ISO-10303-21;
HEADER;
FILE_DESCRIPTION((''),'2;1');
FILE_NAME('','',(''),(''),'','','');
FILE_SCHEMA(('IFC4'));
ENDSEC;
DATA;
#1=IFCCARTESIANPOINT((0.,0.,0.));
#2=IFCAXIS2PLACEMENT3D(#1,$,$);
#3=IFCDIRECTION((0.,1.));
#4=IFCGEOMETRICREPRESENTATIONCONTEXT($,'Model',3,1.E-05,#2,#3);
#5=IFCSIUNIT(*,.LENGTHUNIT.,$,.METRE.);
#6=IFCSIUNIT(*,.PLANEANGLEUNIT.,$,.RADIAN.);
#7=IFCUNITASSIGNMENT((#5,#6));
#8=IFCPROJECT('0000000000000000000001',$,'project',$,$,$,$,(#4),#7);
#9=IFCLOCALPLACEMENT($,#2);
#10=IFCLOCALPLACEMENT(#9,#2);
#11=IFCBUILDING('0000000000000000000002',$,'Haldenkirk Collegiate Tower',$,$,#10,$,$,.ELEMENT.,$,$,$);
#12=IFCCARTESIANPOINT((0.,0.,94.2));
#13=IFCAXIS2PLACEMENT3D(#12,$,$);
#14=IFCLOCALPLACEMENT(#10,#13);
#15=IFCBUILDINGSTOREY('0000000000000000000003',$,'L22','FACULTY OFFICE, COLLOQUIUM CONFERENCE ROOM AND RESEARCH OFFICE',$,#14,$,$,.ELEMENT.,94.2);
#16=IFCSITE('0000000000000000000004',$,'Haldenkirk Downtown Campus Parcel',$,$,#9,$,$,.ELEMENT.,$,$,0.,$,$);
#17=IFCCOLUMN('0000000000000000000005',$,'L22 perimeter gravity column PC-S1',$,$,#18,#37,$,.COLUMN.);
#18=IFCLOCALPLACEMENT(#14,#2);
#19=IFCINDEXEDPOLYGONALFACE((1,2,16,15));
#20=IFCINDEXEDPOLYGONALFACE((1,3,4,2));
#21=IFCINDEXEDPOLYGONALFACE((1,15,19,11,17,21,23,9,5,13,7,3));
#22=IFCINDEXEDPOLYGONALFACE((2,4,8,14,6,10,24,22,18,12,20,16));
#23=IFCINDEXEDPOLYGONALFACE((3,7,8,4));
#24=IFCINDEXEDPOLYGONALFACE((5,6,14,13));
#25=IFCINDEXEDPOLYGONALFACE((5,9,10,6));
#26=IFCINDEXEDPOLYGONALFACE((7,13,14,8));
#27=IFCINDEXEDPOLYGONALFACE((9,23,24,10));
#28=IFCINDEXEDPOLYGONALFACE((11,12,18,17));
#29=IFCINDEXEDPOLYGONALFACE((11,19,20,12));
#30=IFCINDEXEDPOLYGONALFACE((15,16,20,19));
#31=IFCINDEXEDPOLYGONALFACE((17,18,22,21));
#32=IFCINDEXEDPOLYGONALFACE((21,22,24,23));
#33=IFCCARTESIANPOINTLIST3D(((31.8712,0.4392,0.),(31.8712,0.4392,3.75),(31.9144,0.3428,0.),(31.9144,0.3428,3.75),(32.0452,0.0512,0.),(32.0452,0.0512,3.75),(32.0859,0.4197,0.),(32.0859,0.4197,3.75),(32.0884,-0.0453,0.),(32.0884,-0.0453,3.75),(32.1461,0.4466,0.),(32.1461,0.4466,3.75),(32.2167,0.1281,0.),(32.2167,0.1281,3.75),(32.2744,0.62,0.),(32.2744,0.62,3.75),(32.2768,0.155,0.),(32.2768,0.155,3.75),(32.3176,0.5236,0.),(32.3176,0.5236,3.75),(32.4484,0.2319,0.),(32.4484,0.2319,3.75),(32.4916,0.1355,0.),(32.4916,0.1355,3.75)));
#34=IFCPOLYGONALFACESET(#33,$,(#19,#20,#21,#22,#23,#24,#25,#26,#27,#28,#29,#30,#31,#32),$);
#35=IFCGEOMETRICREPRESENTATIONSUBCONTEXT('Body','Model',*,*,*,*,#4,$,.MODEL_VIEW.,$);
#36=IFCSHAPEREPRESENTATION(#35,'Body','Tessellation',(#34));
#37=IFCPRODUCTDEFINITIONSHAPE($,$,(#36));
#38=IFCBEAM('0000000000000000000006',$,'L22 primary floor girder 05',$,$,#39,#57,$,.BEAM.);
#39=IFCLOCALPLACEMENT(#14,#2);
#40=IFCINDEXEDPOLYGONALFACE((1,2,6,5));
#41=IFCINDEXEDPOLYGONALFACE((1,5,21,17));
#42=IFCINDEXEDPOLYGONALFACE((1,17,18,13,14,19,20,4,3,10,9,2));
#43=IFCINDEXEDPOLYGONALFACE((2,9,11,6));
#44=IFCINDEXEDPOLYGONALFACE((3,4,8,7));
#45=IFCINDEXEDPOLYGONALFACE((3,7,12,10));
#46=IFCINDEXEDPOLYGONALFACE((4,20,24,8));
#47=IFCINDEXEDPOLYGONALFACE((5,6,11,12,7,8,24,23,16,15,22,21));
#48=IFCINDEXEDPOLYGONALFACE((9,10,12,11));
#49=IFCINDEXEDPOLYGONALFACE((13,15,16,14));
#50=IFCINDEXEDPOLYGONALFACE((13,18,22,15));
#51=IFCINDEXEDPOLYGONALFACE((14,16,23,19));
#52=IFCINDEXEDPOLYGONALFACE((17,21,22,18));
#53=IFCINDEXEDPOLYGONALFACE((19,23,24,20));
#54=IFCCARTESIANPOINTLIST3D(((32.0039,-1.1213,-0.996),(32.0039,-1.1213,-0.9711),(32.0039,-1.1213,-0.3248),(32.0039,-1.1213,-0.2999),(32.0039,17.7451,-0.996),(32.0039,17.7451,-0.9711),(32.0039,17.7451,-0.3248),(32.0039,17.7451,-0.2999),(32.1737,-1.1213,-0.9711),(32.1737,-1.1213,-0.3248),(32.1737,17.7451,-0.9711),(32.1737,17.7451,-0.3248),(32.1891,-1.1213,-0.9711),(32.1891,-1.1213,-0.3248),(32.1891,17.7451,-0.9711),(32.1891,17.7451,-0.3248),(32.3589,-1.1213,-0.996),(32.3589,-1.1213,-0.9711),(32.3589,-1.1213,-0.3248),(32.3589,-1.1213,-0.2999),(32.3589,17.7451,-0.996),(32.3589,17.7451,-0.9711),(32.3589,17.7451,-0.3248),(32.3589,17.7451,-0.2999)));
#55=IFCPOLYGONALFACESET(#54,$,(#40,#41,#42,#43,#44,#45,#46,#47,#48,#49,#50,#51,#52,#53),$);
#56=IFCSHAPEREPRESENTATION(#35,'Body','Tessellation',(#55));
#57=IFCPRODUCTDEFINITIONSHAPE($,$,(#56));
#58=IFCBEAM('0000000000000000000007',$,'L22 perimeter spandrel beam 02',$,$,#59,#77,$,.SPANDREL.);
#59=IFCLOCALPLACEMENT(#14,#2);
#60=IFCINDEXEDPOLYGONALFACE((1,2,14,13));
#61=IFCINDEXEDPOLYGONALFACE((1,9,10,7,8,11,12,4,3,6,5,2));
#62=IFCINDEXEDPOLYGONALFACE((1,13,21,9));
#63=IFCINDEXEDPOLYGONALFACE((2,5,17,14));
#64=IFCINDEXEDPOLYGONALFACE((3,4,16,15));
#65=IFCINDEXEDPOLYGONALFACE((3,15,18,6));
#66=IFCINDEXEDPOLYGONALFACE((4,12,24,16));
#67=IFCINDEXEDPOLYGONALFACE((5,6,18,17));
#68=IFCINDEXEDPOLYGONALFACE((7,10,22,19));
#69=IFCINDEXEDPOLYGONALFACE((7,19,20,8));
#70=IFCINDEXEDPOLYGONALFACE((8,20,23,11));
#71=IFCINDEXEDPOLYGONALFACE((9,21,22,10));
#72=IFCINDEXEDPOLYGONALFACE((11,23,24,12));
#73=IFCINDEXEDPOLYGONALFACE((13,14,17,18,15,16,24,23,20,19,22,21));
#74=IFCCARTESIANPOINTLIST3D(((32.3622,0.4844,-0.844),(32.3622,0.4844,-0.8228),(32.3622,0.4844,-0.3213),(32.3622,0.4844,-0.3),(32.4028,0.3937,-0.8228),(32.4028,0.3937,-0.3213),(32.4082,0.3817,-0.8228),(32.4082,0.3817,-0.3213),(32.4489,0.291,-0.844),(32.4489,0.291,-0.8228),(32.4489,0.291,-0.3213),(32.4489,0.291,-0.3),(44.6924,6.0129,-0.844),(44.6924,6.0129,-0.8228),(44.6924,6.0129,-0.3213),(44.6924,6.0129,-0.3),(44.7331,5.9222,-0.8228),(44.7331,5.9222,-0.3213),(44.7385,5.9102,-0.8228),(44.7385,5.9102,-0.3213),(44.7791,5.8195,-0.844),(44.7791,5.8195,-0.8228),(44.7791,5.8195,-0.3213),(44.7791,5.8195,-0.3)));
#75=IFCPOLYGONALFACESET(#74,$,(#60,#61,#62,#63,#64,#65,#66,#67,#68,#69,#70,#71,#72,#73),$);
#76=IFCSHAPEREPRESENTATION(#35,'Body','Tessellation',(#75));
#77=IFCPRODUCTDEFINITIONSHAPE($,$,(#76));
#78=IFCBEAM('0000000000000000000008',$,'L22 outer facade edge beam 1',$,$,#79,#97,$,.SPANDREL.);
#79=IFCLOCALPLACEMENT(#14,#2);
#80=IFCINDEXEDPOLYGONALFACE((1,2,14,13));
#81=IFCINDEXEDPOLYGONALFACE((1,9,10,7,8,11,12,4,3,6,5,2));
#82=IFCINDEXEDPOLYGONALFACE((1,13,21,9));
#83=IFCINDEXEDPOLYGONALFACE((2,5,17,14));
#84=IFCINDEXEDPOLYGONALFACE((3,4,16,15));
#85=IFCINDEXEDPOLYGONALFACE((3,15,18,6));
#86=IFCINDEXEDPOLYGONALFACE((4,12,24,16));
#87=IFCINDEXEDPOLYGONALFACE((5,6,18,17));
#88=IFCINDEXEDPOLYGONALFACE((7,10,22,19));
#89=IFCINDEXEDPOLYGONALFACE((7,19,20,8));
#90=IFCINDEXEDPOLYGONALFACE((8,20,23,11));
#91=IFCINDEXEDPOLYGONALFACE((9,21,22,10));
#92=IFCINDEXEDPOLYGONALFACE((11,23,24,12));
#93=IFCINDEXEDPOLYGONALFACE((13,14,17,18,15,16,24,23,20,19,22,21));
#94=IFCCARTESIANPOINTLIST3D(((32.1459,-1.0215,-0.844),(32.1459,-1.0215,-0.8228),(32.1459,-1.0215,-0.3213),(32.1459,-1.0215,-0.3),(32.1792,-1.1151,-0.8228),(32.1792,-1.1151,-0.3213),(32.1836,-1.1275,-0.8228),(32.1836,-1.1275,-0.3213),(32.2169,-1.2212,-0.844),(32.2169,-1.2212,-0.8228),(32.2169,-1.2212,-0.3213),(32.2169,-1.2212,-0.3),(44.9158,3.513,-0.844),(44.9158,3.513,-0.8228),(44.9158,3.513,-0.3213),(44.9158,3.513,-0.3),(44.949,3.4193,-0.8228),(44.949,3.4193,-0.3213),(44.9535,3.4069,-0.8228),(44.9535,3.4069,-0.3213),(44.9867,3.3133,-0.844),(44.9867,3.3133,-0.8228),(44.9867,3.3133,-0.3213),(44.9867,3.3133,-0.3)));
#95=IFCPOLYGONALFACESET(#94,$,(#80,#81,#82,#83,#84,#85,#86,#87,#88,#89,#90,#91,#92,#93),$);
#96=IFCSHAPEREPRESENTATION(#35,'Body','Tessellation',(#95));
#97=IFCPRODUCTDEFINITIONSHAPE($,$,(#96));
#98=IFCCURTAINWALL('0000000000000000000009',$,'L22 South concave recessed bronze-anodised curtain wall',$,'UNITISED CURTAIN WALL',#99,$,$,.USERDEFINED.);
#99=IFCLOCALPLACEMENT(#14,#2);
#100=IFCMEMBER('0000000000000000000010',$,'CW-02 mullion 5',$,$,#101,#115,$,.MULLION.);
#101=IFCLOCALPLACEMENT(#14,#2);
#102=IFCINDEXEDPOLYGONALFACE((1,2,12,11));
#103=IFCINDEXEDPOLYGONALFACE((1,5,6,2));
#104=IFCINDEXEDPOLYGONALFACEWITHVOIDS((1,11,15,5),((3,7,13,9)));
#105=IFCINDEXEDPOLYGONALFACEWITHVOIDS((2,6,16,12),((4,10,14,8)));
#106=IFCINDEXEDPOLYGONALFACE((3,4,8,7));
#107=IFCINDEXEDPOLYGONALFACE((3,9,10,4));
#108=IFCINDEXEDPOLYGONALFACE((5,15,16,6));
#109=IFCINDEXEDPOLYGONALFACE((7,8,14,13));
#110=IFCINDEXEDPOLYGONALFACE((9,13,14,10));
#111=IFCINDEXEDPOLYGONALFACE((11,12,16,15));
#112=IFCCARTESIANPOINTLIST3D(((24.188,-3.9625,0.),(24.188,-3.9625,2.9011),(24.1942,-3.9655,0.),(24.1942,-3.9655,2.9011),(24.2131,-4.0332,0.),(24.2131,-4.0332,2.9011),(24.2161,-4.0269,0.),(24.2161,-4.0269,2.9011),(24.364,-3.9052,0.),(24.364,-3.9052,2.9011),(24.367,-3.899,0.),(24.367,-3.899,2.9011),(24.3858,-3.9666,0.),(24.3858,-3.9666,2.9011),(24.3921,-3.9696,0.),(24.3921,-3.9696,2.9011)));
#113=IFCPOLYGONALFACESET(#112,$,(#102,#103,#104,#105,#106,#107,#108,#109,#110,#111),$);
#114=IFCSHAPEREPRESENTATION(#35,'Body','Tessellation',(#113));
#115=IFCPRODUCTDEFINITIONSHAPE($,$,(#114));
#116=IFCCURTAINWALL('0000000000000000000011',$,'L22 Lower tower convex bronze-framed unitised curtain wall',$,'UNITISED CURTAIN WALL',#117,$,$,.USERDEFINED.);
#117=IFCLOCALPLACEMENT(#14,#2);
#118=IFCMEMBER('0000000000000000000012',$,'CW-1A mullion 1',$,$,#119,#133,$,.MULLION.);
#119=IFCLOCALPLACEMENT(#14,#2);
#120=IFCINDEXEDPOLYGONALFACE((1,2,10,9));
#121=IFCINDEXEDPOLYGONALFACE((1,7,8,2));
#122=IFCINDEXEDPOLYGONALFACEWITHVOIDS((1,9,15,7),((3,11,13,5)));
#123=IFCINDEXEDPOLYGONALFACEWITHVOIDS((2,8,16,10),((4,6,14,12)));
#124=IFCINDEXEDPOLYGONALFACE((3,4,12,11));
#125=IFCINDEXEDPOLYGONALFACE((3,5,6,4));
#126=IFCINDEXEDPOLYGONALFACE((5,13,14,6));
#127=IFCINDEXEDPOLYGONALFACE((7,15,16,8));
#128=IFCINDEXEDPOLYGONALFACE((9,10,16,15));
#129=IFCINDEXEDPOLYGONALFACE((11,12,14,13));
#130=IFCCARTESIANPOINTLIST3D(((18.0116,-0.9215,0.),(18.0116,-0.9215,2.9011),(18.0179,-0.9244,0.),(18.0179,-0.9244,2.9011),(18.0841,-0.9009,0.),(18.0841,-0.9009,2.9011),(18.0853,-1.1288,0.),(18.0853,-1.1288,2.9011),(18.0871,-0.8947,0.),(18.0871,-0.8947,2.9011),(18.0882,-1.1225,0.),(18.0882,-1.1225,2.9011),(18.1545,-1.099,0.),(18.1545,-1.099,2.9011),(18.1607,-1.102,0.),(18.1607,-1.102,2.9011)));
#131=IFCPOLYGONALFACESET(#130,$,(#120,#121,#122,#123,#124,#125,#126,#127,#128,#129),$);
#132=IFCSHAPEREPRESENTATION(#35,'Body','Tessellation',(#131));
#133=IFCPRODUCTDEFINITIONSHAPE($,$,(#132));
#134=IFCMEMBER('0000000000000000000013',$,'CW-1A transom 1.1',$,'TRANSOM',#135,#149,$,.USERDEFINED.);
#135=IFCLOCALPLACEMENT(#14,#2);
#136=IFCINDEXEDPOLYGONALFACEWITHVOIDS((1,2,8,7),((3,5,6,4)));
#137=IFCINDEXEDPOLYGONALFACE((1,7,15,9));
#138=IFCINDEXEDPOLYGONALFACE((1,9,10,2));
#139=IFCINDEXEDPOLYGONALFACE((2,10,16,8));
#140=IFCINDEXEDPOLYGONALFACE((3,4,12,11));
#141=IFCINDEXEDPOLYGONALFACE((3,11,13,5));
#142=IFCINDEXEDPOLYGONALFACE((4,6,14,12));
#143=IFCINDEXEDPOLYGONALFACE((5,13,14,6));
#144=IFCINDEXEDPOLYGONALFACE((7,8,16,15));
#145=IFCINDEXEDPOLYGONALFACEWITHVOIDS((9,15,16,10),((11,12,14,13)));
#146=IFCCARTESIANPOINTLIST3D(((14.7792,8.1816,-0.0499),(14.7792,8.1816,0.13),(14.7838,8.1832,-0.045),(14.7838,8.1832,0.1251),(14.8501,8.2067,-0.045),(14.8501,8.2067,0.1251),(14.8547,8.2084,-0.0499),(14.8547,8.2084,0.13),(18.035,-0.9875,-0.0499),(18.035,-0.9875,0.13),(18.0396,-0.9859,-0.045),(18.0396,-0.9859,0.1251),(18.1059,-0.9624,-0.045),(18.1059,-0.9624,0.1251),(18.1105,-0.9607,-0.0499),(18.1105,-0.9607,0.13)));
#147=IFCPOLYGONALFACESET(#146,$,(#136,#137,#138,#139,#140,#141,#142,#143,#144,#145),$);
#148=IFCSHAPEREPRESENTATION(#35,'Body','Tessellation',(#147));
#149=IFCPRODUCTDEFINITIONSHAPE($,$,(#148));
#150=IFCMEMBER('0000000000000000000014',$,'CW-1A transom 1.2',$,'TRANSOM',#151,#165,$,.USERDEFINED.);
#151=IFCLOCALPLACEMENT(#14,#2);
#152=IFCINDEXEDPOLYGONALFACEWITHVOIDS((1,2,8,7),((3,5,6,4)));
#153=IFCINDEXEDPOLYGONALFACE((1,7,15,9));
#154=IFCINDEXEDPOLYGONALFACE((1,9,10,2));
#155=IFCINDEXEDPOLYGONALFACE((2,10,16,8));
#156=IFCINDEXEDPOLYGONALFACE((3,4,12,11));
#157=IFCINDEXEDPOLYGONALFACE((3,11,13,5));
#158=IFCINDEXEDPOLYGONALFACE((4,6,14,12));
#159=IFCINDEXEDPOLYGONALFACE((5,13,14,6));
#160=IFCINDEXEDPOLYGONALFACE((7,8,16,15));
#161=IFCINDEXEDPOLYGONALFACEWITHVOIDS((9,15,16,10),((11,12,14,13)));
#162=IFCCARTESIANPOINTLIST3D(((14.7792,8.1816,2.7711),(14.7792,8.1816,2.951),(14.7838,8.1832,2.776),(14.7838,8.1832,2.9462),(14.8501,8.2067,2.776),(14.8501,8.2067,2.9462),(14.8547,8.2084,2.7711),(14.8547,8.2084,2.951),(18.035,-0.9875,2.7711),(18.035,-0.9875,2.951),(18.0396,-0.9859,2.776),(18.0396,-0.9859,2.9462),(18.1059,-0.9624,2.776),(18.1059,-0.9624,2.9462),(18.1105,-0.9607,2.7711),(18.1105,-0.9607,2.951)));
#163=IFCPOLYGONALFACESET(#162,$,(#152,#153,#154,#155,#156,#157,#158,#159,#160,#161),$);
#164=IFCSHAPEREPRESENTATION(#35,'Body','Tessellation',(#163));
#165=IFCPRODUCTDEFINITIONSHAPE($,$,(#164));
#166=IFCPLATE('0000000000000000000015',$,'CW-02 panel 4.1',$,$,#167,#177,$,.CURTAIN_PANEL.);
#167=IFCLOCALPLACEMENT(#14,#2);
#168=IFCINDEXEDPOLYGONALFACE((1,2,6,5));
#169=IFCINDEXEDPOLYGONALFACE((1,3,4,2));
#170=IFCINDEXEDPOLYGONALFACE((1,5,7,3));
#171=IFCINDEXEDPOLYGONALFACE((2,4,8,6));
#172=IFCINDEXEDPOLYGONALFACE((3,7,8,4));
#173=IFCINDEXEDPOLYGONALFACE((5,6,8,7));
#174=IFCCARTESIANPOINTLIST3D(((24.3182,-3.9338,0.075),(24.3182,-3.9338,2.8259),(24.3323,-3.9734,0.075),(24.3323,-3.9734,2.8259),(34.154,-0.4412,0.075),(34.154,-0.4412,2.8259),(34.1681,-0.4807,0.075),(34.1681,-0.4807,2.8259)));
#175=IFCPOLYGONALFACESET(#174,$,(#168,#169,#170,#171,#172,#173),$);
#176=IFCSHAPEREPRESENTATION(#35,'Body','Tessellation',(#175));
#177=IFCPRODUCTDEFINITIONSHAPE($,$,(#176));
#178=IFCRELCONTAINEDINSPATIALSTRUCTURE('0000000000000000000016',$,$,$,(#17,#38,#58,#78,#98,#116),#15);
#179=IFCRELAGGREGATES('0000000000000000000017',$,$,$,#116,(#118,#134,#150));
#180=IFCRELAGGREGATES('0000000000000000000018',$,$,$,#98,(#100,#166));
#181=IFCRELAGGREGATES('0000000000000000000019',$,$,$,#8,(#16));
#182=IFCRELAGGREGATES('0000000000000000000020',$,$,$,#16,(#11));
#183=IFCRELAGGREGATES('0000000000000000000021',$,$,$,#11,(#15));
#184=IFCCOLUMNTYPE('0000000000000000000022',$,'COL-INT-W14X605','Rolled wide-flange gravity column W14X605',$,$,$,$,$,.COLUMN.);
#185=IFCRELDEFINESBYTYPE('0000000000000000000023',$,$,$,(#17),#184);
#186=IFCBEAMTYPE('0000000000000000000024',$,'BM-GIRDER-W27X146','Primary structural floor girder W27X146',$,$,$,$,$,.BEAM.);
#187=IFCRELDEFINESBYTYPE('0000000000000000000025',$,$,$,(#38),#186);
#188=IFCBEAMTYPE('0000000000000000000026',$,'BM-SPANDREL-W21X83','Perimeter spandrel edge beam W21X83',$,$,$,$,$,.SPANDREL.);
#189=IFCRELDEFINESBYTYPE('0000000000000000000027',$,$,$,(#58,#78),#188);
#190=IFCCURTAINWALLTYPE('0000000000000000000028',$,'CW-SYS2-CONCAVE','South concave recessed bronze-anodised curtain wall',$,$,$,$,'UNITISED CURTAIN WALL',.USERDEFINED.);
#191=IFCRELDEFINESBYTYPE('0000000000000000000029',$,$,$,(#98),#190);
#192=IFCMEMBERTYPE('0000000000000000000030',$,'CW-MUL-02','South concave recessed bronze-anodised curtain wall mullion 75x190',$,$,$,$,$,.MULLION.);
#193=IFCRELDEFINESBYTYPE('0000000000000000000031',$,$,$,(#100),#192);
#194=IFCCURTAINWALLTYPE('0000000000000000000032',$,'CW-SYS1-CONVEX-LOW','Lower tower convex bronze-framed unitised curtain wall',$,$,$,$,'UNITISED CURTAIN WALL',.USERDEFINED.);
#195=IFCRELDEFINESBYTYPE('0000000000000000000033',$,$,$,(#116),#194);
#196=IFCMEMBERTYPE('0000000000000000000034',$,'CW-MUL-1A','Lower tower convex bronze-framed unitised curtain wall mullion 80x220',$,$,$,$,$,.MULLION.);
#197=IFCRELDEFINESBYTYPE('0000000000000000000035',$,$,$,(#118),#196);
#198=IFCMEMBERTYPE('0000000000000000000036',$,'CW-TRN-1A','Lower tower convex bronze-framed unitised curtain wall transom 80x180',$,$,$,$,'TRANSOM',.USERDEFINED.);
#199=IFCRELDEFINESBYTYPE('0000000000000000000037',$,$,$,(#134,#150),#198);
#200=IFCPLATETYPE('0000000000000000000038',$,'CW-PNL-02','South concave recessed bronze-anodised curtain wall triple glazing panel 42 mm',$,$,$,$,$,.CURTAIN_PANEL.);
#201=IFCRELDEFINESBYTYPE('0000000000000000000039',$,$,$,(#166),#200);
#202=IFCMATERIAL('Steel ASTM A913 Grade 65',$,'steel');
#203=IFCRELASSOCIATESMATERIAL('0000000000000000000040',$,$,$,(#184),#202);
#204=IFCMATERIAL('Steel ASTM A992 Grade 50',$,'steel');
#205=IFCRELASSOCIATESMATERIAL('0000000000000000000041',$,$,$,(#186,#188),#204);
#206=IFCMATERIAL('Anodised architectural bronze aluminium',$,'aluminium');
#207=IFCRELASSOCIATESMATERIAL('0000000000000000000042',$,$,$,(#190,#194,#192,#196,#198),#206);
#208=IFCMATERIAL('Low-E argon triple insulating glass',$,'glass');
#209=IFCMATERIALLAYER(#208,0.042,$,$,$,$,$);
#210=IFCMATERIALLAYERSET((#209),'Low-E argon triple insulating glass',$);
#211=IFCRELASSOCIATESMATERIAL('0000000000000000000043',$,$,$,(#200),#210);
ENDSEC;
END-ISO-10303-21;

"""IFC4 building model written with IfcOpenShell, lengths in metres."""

from ifc_helpers import new_model, si_unit, direction, frame, origin, origin_2d, place, context, subcontext, project, spatial, rectangle, hollow_rectangle, i_section, extrude, source, transform, mapped, material, layer, layer_set, material_profile, profile_set, type_object, element, aggregate, save


model = new_model("IFC4")

# Units and contexts
model_context = context("Model", 3, precision=1e-05, world=origin(), true_north=direction((0.0, 1.0)))
body_context = subcontext(model_context, "Body", "Model", "MODEL_VIEW")
ifc_project = project(units=[si_unit("LENGTHUNIT", "METRE"), si_unit("PLANEANGLEUNIT", "RADIAN")], contexts=[model_context])

# Site, building, storey
site_placement = place(None, origin())
site = spatial("IfcSite", under=ifc_project, at=site_placement, Name="Haldenkirk Downtown Campus Parcel", CompositionType="ELEMENT", RefElevation=0.0)
building_placement = place(site_placement, origin())
building = spatial("IfcBuilding", under=site, at=building_placement, Name="Haldenkirk Collegiate Tower", CompositionType="ELEMENT")
storey_placement = place(building_placement, frame((0.0, 0.0, 94.2)))
storey = spatial("IfcBuildingStorey", under=building, at=storey_placement, Name="L22", Description="FACULTY OFFICE, COLLOQUIUM CONFERENCE ROOM AND RESEARCH OFFICE", CompositionType="ELEMENT", Elevation=94.2)

# Column
ifc_material_1 = material(Name="Steel ASTM A913 Grade 65", Category="steel")
ifc_material_profile_1 = material_profile(ifc_material_1, i_section(OverallWidth=0.4419, OverallDepth=0.531, WebThickness=0.0659, FlangeThickness=0.1057, at=origin_2d()), Name="W14X605")
ifc_profile_set_1 = profile_set([ifc_material_profile_1], Name="Steel ASTM A913 Grade 65")
column_type = type_object("IfcColumnType", Name="COL-INT-W14X605", Description="Rolled wide-flange gravity column W14X605", PredefinedType="COLUMN", material=ifc_profile_set_1)
column_placement = place(storey_placement, frame((32.1814, 0.2874, 0.0), z_axis=(0.0, 0.0, 1.0), x_axis=(0.912477, 0.409127, 0.0)))
element("IfcColumn", 1, at=column_placement, inside=storey, type_object=column_type, Name="L22 perimeter gravity column PC-S1", PredefinedType="COLUMN", context=body_context, shape_type="SweptSolid", body=[
    extrude(i_section(OverallWidth=0.4419, OverallDepth=0.531, WebThickness=0.0659, FlangeThickness=0.1057, at=origin_2d()), origin(), (0.0, 0.0, 1.0), 3.75),
])

# Beams
ifc_material_2 = material(Name="Steel ASTM A992 Grade 50", Category="steel")
ifc_material_profile_2 = material_profile(ifc_material_2, i_section(OverallWidth=0.355, OverallDepth=0.696, WebThickness=0.0154, FlangeThickness=0.0249, at=origin_2d()), Name="W27X146")
ifc_profile_set_2 = profile_set([ifc_material_profile_2], Name="Steel ASTM A992 Grade 50")
beam_type_1 = type_object("IfcBeamType", Name="BM-GIRDER-W27X146", Description="Primary structural floor girder W27X146", PredefinedType="BEAM", material=ifc_profile_set_2)
beam_1_placement = place(storey_placement, frame((32.1814, -1.1213, -0.6479), z_axis=(0.0, 1.0, 0.0), x_axis=(-1.0, 0.0, 0.0)))
element("IfcBeam", 2, at=beam_1_placement, inside=storey, type_object=beam_type_1, Name="L22 primary floor girder 05", PredefinedType="BEAM", context=body_context, shape_type="SweptSolid", body=[
    extrude(i_section(OverallWidth=0.355, OverallDepth=0.696, WebThickness=0.0154, FlangeThickness=0.0249, at=origin_2d()), origin(), (0.0, 0.0, 1.0), 18.8665),
])
ifc_material_profile_3 = material_profile(ifc_material_2, i_section(OverallWidth=0.2119, OverallDepth=0.5439, WebThickness=0.0132, FlangeThickness=0.0212, at=origin_2d()), Name="W21X83")
ifc_profile_set_3 = profile_set([ifc_material_profile_3], Name="Steel ASTM A992 Grade 50")
beam_type_2 = type_object("IfcBeamType", Name="BM-SPANDREL-W21X83", Description="Perimeter spandrel edge beam W21X83", PredefinedType="SPANDREL", material=ifc_profile_set_3)
beam_2_placement = place(storey_placement, frame((32.4055, 0.3877, -0.572), z_axis=(0.912477, 0.409129, 0.0), x_axis=(-0.409129, 0.912477, 0.0)))
element("IfcBeam", 3, at=beam_2_placement, inside=storey, type_object=beam_type_2, Name="L22 perimeter spandrel beam 02", PredefinedType="SPANDREL", context=body_context, shape_type="SweptSolid", body=[
    extrude(i_section(OverallWidth=0.2119, OverallDepth=0.5439, WebThickness=0.0132, FlangeThickness=0.0212, at=origin_2d()), origin(), (0.0, 0.0, 1.0), 13.5129),
])
beam_3_placement = place(storey_placement, frame((32.1814, -1.1213, -0.572), z_axis=(0.942353, 0.33462, 0.0), x_axis=(-0.33462, 0.942353, 0.0)))
element("IfcBeam", 4, at=beam_3_placement, inside=storey, type_object=beam_type_2, Name="L22 outer facade edge beam 1", PredefinedType="SPANDREL", context=body_context, shape_type="SweptSolid", body=[
    extrude(i_section(OverallWidth=0.2119, OverallDepth=0.5439, WebThickness=0.0132, FlangeThickness=0.0212, at=origin_2d()), origin(), (0.0, 0.0, 1.0), 13.551),
])

# Curtain wall, member
ifc_material_3 = material(Name="Anodised architectural bronze aluminium", Category="aluminium")
curtain_wall_type_1 = type_object("IfcCurtainWallType", Name="CW-SYS2-CONCAVE", Description="South concave recessed bronze-anodised curtain wall", ElementType="UNITISED CURTAIN WALL", PredefinedType="USERDEFINED", material=ifc_material_3)
curtain_wall_1_placement = place(storey_placement, origin())
curtain_wall_1 = element("IfcCurtainWall", 5, at=curtain_wall_1_placement, inside=storey, type_object=curtain_wall_type_1, Name="L22 South concave recessed bronze-anodised curtain wall", ObjectType="UNITISED CURTAIN WALL", PredefinedType="USERDEFINED")
ifc_material_profile_4 = material_profile(ifc_material_3, hollow_rectangle(XDim=0.075, YDim=0.1899, WallThickness=0.0049, at=origin_2d()), Name="CW-MUL-02")
ifc_profile_set_4 = profile_set([ifc_material_profile_4], Name="Anodised architectural bronze aluminium")
member_type_1 = type_object("IfcMemberType", Name="CW-MUL-02", Description="South concave recessed bronze-anodised curtain wall mullion 75x190", PredefinedType="MULLION", material=ifc_profile_set_4)
member_1_placement = place(storey_placement, frame((24.29, -3.9661, 0.0), z_axis=(0.0, 0.0, 1.0), x_axis=(0.334628, -0.94235, 0.0)))
member_1 = element("IfcMember", 6, at=member_1_placement, type_object=member_type_1, Name="CW-02 mullion 5", PredefinedType="MULLION", context=body_context, shape_type="SweptSolid", body=[
    extrude(hollow_rectangle(XDim=0.075, YDim=0.1899, WallThickness=0.0049, at=origin_2d()), origin(), (0.0, 0.0, 1.0), 2.9011),
])

# Curtain wall, members
curtain_wall_type_2 = type_object("IfcCurtainWallType", Name="CW-SYS1-CONVEX-LOW", Description="Lower tower convex bronze-framed unitised curtain wall", ElementType="UNITISED CURTAIN WALL", PredefinedType="USERDEFINED", material=ifc_material_3)
curtain_wall_2_placement = place(storey_placement, origin())
curtain_wall_2 = element("IfcCurtainWall", 7, at=curtain_wall_2_placement, inside=storey, type_object=curtain_wall_type_2, Name="L22 Lower tower convex bronze-framed unitised curtain wall", ObjectType="UNITISED CURTAIN WALL", PredefinedType="USERDEFINED")
ifc_material_profile_5 = material_profile(ifc_material_3, hollow_rectangle(XDim=0.0801, YDim=0.22, WallThickness=0.0049, at=origin_2d()), Name="CW-MUL-1A")
ifc_profile_set_5 = profile_set([ifc_material_profile_5], Name="Anodised architectural bronze aluminium")
member_type_2 = type_object("IfcMemberType", Name="CW-MUL-1A", Description="Lower tower convex bronze-framed unitised curtain wall mullion 80x220", PredefinedType="MULLION", material=ifc_profile_set_5)
member_2_placement = place(storey_placement, frame((18.0862, -1.0117, 0.0), z_axis=(0.0, 0.0, 1.0), x_axis=(-0.942351, -0.334626, 0.0)))
member_2 = element("IfcMember", 8, at=member_2_placement, type_object=member_type_2, Name="CW-1A mullion 1", PredefinedType="MULLION", context=body_context, shape_type="SweptSolid", body=[
    extrude(hollow_rectangle(XDim=0.0801, YDim=0.22, WallThickness=0.0049, at=origin_2d()), origin(), (0.0, 0.0, 1.0), 2.9011),
])
ifc_material_profile_6 = material_profile(ifc_material_3, hollow_rectangle(XDim=0.0801, YDim=0.1799, WallThickness=0.0049, at=origin_2d()), Name="CW-TRN-1A")
ifc_profile_set_6 = profile_set([ifc_material_profile_6], Name="Anodised architectural bronze aluminium")
member_type_3 = type_object("IfcMemberType", Name="CW-TRN-1A", Description="Lower tower convex bronze-framed unitised curtain wall transom 80x180", ElementType="TRANSOM", PredefinedType="USERDEFINED", material=ifc_profile_set_6)
member_3_placement = place(storey_placement, frame((18.0728, -0.9741, 0.04), z_axis=(-0.334618, 0.942354, 0.0), x_axis=(-0.942354, -0.334618, 0.0)))
member_3 = element("IfcMember", 9, at=member_3_placement, type_object=member_type_3, Name="CW-1A transom 1.1", ObjectType="TRANSOM", PredefinedType="USERDEFINED", context=body_context, shape_type="SweptSolid", body=[
    extrude(hollow_rectangle(XDim=0.0801, YDim=0.1799, WallThickness=0.0049, at=origin_2d()), origin(), (0.0, 0.0, 1.0), 9.73),
])
member_4_placement = place(storey_placement, frame((18.0728, -0.9741, 2.8611), z_axis=(-0.334618, 0.942354, 0.0), x_axis=(-0.942354, -0.334618, 0.0)))
member_4 = element("IfcMember", 10, at=member_4_placement, type_object=member_type_3, Name="CW-1A transom 1.2", ObjectType="TRANSOM", PredefinedType="USERDEFINED", context=body_context, shape_type="SweptSolid", body=[
    extrude(hollow_rectangle(XDim=0.0801, YDim=0.1799, WallThickness=0.0049, at=origin_2d()), origin(), (0.0, 0.0, 1.0), 9.73),
])
aggregate(curtain_wall_2, [member_2, member_3, member_4])

# Plate
ifc_material_4 = material(Name="Low-E argon triple insulating glass", Category="glass")
ifc_layer_1 = layer(ifc_material_4, 0.042)
ifc_layer_set_1 = layer_set([ifc_layer_1], Name="Low-E argon triple insulating glass")
plate_type = type_object("IfcPlateType", Name="CW-PNL-02", Description="South concave recessed bronze-anodised curtain wall triple glazing panel 42 mm", PredefinedType="CURTAIN_PANEL", material=ifc_layer_set_1)
shared_shape_1 = source(origin(), body_context, "Body", "SweptSolid", [
    extrude(rectangle(XDim=10.4375, YDim=0.042, at=origin_2d()), origin(), (0.0, 0.0, 1.0), 2.751),
])
plate_placement = place(storey_placement, frame((29.2432, -2.2073, 0.075), z_axis=(0.0, 0.0, 1.0), x_axis=(-0.94235, -0.334628, 0.0)))
plate = element("IfcPlate", 11, at=plate_placement, type_object=plate_type, Name="CW-02 panel 4.1", PredefinedType="CURTAIN_PANEL", context=body_context, shape_type="MappedRepresentation", body=[
    mapped(shared_shape_1, transform((0.0, 0.0, 0.0), x_axis=(1.0, 0.0, 0.0), y_axis=(0.0, 1.0, 0.0), z_axis=(0.0, 0.0, 1.0), scale=1.0)),
])
aggregate(curtain_wall_1, [member_1, plate])

save(model, "model.ifc")
